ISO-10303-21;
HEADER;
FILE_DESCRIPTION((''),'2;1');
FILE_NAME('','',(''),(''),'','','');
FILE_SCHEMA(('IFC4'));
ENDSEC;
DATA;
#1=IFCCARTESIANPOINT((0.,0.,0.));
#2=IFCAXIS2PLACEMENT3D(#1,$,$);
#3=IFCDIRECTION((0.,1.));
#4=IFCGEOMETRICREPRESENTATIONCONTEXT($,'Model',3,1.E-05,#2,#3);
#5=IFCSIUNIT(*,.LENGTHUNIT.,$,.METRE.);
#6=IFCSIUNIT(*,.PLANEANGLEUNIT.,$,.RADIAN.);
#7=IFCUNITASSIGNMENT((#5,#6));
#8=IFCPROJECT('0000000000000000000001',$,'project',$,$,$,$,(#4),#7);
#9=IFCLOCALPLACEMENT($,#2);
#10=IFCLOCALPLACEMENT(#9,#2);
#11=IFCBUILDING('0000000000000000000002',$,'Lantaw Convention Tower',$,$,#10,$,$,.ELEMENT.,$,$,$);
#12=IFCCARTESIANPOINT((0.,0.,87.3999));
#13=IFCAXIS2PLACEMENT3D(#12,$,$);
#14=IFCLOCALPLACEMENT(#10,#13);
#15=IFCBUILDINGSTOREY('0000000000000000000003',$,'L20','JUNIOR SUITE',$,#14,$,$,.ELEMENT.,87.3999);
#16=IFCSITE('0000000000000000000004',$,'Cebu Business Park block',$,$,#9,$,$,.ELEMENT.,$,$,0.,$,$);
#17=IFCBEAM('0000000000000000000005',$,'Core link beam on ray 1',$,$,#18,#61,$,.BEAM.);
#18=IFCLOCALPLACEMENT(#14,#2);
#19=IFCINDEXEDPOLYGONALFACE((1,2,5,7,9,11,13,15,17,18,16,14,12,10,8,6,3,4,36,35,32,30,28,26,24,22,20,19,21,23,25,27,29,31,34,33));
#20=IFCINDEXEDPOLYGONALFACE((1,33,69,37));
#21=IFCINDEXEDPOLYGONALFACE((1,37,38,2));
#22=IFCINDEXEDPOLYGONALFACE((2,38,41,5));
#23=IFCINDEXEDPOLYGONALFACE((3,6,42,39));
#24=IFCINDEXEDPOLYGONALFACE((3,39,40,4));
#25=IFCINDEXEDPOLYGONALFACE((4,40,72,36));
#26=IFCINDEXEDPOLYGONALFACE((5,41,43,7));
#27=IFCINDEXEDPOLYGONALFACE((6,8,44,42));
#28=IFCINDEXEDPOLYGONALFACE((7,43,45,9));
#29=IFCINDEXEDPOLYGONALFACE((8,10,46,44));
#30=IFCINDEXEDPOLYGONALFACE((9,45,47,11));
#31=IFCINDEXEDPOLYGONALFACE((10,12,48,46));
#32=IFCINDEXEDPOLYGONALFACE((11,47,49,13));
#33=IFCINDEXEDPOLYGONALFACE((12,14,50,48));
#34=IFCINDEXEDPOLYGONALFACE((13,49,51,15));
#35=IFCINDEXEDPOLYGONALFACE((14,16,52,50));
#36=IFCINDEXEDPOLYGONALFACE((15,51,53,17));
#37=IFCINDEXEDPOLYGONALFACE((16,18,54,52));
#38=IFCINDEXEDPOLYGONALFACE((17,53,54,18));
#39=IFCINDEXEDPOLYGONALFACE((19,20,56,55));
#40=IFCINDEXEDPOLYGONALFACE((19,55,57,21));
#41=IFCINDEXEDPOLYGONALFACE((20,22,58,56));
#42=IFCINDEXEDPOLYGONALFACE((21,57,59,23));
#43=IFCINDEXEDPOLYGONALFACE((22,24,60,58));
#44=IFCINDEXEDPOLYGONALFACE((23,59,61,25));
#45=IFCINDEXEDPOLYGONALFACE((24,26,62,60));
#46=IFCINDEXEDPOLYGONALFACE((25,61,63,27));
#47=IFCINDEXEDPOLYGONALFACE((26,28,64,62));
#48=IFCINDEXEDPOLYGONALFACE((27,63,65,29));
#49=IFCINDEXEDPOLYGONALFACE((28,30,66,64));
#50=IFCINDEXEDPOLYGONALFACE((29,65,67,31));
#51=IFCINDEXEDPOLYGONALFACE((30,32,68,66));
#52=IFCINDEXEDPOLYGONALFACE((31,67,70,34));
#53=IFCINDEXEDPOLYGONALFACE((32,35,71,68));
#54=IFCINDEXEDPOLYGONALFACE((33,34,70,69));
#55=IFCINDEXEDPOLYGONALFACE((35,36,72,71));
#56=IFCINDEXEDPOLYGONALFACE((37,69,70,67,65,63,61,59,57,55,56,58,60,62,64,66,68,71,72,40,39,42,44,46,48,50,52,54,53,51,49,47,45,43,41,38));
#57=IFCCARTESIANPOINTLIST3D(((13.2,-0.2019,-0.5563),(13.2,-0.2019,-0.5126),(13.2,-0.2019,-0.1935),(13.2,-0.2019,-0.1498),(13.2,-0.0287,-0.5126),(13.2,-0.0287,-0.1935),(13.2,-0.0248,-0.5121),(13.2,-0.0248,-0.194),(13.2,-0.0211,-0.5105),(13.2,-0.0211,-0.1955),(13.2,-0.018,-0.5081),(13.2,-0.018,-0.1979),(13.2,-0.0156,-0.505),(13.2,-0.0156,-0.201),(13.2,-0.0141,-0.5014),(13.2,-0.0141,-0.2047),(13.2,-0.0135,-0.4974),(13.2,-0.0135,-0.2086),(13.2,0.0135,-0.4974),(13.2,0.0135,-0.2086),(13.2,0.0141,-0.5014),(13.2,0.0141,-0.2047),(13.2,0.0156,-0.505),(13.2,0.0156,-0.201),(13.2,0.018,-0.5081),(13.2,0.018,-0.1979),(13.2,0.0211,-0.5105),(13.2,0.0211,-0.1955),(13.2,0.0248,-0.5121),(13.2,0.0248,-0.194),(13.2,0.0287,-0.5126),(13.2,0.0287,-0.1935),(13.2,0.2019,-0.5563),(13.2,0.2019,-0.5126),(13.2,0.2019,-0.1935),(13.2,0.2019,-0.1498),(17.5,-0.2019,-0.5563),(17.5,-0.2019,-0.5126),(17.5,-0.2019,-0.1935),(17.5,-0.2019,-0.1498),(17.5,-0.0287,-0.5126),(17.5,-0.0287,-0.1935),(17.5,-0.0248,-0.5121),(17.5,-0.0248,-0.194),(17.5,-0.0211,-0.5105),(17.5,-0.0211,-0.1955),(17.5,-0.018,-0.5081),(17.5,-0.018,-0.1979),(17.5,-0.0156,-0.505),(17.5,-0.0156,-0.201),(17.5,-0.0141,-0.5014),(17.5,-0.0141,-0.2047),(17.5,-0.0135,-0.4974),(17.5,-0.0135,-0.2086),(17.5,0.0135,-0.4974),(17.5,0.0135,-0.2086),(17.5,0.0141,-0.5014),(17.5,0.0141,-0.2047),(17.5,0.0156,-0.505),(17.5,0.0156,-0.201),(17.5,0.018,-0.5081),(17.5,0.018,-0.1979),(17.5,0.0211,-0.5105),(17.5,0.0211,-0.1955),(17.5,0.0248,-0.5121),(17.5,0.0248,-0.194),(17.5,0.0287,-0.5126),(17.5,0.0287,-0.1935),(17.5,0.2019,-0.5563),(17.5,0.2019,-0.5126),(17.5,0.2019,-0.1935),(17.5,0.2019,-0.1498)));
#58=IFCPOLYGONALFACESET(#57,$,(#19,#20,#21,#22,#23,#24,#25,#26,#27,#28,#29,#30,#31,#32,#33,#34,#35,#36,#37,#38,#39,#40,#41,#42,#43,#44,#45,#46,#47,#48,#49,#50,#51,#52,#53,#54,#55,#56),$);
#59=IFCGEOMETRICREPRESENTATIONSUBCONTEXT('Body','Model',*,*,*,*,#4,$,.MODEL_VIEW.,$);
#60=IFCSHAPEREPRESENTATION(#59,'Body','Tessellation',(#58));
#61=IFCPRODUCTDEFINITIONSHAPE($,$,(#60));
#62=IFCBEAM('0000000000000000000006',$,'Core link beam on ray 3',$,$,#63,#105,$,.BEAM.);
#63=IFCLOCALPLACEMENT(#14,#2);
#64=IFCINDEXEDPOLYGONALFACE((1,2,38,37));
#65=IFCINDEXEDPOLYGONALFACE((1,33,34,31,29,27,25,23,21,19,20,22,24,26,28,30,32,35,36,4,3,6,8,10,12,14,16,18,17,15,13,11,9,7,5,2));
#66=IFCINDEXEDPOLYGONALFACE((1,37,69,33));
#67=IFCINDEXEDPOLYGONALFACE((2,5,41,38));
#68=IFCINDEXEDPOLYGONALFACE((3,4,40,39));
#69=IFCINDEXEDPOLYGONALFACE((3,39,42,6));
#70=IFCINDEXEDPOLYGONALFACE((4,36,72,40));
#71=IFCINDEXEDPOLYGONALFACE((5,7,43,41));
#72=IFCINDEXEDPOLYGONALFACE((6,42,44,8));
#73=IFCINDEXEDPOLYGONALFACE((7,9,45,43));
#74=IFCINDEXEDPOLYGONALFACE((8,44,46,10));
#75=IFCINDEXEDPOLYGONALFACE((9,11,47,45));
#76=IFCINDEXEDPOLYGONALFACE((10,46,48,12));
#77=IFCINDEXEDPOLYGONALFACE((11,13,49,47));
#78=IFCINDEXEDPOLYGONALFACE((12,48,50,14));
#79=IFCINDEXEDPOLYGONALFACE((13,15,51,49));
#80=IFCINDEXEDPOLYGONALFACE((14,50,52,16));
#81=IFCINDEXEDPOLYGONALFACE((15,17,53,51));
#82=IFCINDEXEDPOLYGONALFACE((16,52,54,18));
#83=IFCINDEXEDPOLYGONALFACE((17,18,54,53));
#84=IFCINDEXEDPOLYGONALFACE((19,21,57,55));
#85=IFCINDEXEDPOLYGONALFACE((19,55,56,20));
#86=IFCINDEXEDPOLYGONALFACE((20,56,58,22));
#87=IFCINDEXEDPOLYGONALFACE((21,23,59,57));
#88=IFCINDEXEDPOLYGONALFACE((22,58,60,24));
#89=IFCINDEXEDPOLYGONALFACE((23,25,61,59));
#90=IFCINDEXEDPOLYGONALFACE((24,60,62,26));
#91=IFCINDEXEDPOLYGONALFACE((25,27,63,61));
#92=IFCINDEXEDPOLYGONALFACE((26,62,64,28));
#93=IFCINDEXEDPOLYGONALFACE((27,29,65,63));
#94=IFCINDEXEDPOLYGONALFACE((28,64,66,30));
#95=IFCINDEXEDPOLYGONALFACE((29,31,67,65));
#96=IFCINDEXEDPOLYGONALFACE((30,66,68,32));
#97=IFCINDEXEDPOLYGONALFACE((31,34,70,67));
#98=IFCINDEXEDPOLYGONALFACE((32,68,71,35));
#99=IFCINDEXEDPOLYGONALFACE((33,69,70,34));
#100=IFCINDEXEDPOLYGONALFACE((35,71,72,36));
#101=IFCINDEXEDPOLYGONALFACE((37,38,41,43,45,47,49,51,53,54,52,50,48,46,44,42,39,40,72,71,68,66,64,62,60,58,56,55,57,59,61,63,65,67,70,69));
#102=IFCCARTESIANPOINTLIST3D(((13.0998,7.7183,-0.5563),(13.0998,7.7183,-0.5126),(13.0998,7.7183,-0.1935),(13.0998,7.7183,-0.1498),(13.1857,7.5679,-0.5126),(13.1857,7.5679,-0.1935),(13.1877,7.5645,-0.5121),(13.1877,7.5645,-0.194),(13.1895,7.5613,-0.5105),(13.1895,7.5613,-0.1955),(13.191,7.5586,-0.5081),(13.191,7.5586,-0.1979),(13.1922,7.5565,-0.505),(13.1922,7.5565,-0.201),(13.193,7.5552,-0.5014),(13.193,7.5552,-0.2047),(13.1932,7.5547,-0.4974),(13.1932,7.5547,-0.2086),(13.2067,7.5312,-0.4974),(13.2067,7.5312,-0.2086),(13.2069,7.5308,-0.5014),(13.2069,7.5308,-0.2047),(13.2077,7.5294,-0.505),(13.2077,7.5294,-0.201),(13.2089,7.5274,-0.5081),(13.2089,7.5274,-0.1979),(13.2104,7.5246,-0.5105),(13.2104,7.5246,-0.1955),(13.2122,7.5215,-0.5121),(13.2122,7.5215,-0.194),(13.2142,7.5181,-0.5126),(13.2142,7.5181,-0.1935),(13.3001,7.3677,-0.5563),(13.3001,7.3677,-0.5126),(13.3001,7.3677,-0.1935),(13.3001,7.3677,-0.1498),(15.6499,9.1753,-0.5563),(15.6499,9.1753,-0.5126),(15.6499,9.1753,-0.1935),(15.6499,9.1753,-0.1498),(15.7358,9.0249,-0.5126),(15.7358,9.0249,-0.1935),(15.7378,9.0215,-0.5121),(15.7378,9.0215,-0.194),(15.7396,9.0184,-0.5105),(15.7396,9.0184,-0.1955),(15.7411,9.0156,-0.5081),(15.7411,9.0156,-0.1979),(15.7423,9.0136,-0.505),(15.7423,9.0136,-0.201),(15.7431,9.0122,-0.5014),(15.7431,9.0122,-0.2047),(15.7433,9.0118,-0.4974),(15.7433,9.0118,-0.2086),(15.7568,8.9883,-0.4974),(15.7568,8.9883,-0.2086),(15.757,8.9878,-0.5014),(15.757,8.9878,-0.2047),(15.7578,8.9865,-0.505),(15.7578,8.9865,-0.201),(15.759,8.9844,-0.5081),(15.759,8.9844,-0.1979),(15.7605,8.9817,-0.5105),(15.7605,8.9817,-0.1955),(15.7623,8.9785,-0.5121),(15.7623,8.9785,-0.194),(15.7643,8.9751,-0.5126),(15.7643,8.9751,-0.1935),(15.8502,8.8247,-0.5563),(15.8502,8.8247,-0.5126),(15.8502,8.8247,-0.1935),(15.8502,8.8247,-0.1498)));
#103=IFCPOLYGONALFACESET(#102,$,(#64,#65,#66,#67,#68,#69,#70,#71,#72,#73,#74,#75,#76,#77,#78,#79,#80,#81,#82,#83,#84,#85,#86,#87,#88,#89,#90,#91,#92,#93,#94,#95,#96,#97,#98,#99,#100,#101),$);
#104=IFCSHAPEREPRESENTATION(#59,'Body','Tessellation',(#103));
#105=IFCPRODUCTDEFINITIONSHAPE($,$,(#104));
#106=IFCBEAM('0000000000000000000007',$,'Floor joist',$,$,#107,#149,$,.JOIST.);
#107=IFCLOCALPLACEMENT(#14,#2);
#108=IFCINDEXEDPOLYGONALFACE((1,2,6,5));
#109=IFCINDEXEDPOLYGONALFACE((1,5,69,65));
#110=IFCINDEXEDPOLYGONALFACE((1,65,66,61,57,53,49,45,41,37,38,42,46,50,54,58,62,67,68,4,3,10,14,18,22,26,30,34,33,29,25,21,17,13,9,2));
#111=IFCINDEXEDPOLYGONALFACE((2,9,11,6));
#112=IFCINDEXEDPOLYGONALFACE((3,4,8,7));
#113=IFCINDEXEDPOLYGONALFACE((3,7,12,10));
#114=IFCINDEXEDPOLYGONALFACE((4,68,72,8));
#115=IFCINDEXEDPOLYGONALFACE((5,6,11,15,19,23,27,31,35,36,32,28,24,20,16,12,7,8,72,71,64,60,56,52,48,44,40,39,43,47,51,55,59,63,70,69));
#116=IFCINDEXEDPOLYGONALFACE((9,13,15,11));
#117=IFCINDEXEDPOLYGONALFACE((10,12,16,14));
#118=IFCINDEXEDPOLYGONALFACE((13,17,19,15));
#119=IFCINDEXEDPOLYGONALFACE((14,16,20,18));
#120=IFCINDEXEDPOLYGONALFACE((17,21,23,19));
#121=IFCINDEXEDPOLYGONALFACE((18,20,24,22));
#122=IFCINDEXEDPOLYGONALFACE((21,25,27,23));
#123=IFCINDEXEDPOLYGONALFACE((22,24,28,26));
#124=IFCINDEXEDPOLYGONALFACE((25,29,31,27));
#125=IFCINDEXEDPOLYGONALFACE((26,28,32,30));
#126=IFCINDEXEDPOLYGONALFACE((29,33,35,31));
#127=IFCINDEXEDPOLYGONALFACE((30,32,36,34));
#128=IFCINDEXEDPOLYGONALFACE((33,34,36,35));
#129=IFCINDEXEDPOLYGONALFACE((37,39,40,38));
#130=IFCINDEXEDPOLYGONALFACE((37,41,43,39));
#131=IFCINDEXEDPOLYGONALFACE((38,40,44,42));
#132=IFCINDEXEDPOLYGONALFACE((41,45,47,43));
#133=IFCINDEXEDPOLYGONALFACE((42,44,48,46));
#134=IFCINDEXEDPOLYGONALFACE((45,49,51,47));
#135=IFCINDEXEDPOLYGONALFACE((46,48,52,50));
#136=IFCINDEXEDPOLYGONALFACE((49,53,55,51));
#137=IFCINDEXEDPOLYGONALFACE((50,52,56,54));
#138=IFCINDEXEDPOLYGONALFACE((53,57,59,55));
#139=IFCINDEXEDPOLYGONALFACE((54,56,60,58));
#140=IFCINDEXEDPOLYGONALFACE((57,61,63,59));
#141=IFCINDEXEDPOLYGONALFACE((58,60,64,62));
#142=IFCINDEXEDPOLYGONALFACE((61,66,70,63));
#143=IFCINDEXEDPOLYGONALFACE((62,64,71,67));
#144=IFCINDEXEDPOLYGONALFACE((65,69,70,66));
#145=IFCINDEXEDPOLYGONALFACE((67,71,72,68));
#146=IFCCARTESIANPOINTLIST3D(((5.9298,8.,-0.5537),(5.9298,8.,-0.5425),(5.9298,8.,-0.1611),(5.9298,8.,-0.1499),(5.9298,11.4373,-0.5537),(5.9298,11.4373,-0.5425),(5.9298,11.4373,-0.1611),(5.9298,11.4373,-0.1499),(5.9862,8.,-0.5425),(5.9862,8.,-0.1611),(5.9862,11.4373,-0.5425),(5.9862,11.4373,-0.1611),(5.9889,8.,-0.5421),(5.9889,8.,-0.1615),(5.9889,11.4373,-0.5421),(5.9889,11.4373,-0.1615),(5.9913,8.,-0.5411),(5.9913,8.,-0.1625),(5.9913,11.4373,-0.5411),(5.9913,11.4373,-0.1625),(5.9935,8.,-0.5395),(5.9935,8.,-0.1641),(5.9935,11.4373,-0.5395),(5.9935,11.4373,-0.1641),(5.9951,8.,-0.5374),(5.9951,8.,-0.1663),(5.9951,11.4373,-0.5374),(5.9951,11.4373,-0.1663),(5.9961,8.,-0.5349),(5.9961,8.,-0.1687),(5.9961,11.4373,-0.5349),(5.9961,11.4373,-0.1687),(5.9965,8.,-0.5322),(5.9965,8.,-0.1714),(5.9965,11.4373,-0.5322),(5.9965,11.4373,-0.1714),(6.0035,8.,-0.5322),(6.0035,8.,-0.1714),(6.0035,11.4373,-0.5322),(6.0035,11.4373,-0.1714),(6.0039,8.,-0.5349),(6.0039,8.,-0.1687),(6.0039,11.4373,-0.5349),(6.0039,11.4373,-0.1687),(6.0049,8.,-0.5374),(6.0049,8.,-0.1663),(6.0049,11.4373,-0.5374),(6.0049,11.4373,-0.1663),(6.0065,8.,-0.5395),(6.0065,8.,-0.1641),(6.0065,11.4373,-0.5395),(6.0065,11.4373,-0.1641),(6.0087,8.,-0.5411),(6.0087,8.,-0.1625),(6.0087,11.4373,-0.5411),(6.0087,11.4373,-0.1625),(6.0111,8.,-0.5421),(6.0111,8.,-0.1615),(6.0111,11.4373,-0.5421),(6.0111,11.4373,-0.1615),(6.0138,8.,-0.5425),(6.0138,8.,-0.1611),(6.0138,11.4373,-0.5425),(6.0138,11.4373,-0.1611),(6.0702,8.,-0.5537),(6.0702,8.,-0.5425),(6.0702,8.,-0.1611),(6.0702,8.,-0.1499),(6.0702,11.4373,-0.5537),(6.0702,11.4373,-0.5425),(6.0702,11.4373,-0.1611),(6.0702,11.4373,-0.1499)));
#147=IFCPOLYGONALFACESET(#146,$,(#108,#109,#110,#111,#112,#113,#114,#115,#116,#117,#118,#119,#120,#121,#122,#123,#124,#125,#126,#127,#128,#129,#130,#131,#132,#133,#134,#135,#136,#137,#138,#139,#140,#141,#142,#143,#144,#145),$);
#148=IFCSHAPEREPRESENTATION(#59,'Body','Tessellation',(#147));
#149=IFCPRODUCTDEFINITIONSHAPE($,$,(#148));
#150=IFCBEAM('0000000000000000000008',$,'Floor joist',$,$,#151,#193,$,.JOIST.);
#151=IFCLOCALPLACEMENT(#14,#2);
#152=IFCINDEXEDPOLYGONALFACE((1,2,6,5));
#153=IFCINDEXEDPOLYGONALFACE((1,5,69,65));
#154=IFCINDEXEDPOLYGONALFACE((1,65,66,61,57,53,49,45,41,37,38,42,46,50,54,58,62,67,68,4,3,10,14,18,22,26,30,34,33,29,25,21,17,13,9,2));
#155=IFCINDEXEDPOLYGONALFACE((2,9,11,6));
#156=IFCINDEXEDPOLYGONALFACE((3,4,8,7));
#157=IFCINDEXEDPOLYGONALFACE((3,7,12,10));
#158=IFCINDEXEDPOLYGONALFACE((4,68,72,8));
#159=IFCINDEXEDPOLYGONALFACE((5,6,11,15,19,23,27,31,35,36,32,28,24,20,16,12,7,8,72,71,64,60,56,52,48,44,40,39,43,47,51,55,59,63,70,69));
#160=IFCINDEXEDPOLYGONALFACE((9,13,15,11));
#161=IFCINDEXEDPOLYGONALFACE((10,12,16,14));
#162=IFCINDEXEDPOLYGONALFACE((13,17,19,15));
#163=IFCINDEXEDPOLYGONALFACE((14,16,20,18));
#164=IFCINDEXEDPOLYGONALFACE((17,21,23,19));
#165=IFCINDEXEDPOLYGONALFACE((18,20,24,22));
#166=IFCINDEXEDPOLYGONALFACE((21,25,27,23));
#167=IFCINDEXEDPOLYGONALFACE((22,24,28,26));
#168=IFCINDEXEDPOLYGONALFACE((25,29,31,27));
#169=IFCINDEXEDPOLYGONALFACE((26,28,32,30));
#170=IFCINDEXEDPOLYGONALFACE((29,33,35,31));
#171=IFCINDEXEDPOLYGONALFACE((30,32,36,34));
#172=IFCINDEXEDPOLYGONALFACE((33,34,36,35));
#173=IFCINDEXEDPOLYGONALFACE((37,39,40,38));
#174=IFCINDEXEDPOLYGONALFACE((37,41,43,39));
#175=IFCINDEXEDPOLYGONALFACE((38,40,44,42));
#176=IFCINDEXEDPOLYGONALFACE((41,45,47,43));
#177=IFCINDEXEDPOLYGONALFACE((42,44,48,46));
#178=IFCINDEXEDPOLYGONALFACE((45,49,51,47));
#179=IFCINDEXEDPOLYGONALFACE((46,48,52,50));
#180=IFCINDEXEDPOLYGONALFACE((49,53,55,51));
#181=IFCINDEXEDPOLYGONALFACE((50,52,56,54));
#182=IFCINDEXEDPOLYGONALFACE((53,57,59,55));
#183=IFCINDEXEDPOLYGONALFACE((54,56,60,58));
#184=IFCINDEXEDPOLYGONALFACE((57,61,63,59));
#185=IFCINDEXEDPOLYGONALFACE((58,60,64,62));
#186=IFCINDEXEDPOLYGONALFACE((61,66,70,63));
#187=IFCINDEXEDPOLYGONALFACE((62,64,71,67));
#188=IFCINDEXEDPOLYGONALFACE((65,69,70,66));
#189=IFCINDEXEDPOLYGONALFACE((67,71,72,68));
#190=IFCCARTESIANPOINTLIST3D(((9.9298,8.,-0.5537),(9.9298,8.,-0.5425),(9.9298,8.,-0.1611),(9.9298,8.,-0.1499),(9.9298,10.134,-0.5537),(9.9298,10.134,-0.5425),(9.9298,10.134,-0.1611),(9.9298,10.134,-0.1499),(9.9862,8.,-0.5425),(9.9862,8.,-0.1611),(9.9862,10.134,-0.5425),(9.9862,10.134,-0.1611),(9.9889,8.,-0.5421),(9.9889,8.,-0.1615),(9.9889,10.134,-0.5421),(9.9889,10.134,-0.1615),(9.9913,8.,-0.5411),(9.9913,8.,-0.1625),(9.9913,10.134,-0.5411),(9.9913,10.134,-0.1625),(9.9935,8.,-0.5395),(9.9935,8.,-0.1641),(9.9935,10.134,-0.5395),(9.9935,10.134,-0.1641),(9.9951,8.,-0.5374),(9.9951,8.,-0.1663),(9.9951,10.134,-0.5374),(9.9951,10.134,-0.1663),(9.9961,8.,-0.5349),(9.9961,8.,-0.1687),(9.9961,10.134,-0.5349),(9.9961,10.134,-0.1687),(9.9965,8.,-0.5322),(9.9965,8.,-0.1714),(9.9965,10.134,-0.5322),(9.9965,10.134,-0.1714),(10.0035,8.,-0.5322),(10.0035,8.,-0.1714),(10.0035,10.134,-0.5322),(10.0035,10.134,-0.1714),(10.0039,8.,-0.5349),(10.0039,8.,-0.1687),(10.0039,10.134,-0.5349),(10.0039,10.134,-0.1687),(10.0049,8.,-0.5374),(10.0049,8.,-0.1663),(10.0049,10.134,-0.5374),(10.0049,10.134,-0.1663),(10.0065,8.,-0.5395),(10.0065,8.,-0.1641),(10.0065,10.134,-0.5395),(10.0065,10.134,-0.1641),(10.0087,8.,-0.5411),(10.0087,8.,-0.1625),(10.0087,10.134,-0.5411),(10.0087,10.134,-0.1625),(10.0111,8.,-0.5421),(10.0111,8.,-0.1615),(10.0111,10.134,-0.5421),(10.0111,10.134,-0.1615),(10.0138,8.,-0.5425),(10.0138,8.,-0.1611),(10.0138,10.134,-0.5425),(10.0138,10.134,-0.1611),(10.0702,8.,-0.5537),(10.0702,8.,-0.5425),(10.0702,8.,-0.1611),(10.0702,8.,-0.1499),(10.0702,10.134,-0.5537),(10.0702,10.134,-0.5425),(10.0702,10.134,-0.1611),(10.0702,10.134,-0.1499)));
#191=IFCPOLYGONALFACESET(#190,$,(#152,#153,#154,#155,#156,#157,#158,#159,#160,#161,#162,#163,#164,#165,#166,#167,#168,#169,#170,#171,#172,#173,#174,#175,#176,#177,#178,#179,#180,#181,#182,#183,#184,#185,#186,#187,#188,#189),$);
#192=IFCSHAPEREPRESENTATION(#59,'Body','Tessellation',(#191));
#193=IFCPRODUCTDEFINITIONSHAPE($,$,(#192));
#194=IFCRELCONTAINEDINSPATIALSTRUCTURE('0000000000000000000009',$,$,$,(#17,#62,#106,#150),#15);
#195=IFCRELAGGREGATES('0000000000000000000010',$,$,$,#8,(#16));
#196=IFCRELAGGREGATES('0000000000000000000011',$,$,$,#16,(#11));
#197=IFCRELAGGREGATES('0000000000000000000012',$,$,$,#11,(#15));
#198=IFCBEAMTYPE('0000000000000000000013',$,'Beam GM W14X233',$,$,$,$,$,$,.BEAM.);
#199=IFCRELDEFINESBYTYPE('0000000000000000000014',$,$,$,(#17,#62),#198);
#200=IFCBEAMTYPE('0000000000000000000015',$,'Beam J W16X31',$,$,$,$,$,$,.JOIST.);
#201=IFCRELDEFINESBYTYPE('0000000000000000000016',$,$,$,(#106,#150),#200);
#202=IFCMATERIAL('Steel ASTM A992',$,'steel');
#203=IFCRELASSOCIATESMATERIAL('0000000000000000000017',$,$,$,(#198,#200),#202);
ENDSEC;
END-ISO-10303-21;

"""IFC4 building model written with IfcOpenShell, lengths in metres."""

from ifc_helpers import new_model, si_unit, direction, frame, origin, origin_2d, place, context, subcontext, project, spatial, i_section, extrude, material, material_profile, profile_set, type_object, element, save


model = new_model("IFC4")

# Units and contexts
model_context = context("Model", 3, precision=1e-05, world=origin(), true_north=direction((0.0, 1.0)))
body_context = subcontext(model_context, "Body", "Model", "MODEL_VIEW")
ifc_project = project(units=[si_unit("LENGTHUNIT", "METRE"), si_unit("PLANEANGLEUNIT", "RADIAN")], contexts=[model_context])

# Site, building, storey
site_placement = place(None, origin())
site = spatial("IfcSite", under=ifc_project, at=site_placement, Name="Cebu Business Park block", CompositionType="ELEMENT", RefElevation=0.0)
building_placement = place(site_placement, origin())
building = spatial("IfcBuilding", under=site, at=building_placement, Name="Lantaw Convention Tower", CompositionType="ELEMENT")
storey_placement = place(building_placement, frame((0.0, 0.0, 87.3999)))
storey = spatial("IfcBuildingStorey", under=building, at=storey_placement, Name="L20", Description="JUNIOR SUITE", CompositionType="ELEMENT", Elevation=87.3999)

# Beams
ifc_material_1 = material(Name="Steel ASTM A992", Category="steel")
ifc_material_profile_1 = material_profile(ifc_material_1, i_section(OverallWidth=0.4038, OverallDepth=0.4065, WebThickness=0.0271, FlangeThickness=0.0437, FilletRadius=0.0151, at=origin_2d()), Name="W14X233")
ifc_profile_set_1 = profile_set([ifc_material_profile_1], Name="Steel ASTM A992")
beam_type_1 = type_object("IfcBeamType", Name="Beam GM W14X233", PredefinedType="BEAM", material=ifc_profile_set_1)
beam_1_placement = place(storey_placement, frame((13.2, 0.0, -0.353), z_axis=(1.0, 0.0, 0.0), x_axis=(0.0, 1.0, 0.0)))
element("IfcBeam", 1, at=beam_1_placement, inside=storey, type_object=beam_type_1, Name="Core link beam on ray 1", PredefinedType="BEAM", context=body_context, shape_type="SweptSolid", body=[
    extrude(i_section(OverallWidth=0.4038, OverallDepth=0.4065, WebThickness=0.0271, FlangeThickness=0.0437, FilletRadius=0.0151, at=origin_2d()), origin(), (0.0, 0.0, 1.0), 4.3),
])
beam_2_placement = place(storey_placement, frame((13.2, 7.543, -0.353), z_axis=(0.868264, 0.496103, 0.0), x_axis=(-0.496103, 0.868264, 0.0)))
element("IfcBeam", 2, at=beam_2_placement, inside=storey, type_object=beam_type_1, Name="Core link beam on ray 3", PredefinedType="BEAM", context=body_context, shape_type="SweptSolid", body=[
    extrude(i_section(OverallWidth=0.4038, OverallDepth=0.4065, WebThickness=0.0271, FlangeThickness=0.0437, FilletRadius=0.0151, at=origin_2d()), origin(), (0.0, 0.0, 1.0), 2.937),
])
ifc_material_profile_2 = material_profile(ifc_material_1, i_section(OverallWidth=0.1404, OverallDepth=0.4038, WebThickness=0.0071, FlangeThickness=0.0112, FilletRadius=0.0103, at=origin_2d()), Name="W16X31")
ifc_profile_set_2 = profile_set([ifc_material_profile_2], Name="Steel ASTM A992")
beam_type_2 = type_object("IfcBeamType", Name="Beam J W16X31", PredefinedType="JOIST", material=ifc_profile_set_2)
beam_3_placement = place(storey_placement, frame((6.0, 8.0, -0.3518), z_axis=(0.0, 1.0, 0.0), x_axis=(-1.0, 0.0, 0.0)))
element("IfcBeam", 3, at=beam_3_placement, inside=storey, type_object=beam_type_2, Name="Floor joist", PredefinedType="JOIST", context=body_context, shape_type="SweptSolid", body=[
    extrude(i_section(OverallWidth=0.1404, OverallDepth=0.4038, WebThickness=0.0071, FlangeThickness=0.0112, FilletRadius=0.0103, at=origin_2d()), origin(), (0.0, 0.0, 1.0), 3.4373),
])
beam_4_placement = place(storey_placement, frame((10.0, 8.0, -0.3518), z_axis=(0.0, 1.0, 0.0), x_axis=(-1.0, 0.0, 0.0)))
element("IfcBeam", 4, at=beam_4_placement, inside=storey, type_object=beam_type_2, Name="Floor joist", PredefinedType="JOIST", context=body_context, shape_type="SweptSolid", body=[
    extrude(i_section(OverallWidth=0.1404, OverallDepth=0.4038, WebThickness=0.0071, FlangeThickness=0.0112, FilletRadius=0.0103, at=origin_2d()), origin(), (0.0, 0.0, 1.0), 2.134),
])

save(model, "model.ifc")
